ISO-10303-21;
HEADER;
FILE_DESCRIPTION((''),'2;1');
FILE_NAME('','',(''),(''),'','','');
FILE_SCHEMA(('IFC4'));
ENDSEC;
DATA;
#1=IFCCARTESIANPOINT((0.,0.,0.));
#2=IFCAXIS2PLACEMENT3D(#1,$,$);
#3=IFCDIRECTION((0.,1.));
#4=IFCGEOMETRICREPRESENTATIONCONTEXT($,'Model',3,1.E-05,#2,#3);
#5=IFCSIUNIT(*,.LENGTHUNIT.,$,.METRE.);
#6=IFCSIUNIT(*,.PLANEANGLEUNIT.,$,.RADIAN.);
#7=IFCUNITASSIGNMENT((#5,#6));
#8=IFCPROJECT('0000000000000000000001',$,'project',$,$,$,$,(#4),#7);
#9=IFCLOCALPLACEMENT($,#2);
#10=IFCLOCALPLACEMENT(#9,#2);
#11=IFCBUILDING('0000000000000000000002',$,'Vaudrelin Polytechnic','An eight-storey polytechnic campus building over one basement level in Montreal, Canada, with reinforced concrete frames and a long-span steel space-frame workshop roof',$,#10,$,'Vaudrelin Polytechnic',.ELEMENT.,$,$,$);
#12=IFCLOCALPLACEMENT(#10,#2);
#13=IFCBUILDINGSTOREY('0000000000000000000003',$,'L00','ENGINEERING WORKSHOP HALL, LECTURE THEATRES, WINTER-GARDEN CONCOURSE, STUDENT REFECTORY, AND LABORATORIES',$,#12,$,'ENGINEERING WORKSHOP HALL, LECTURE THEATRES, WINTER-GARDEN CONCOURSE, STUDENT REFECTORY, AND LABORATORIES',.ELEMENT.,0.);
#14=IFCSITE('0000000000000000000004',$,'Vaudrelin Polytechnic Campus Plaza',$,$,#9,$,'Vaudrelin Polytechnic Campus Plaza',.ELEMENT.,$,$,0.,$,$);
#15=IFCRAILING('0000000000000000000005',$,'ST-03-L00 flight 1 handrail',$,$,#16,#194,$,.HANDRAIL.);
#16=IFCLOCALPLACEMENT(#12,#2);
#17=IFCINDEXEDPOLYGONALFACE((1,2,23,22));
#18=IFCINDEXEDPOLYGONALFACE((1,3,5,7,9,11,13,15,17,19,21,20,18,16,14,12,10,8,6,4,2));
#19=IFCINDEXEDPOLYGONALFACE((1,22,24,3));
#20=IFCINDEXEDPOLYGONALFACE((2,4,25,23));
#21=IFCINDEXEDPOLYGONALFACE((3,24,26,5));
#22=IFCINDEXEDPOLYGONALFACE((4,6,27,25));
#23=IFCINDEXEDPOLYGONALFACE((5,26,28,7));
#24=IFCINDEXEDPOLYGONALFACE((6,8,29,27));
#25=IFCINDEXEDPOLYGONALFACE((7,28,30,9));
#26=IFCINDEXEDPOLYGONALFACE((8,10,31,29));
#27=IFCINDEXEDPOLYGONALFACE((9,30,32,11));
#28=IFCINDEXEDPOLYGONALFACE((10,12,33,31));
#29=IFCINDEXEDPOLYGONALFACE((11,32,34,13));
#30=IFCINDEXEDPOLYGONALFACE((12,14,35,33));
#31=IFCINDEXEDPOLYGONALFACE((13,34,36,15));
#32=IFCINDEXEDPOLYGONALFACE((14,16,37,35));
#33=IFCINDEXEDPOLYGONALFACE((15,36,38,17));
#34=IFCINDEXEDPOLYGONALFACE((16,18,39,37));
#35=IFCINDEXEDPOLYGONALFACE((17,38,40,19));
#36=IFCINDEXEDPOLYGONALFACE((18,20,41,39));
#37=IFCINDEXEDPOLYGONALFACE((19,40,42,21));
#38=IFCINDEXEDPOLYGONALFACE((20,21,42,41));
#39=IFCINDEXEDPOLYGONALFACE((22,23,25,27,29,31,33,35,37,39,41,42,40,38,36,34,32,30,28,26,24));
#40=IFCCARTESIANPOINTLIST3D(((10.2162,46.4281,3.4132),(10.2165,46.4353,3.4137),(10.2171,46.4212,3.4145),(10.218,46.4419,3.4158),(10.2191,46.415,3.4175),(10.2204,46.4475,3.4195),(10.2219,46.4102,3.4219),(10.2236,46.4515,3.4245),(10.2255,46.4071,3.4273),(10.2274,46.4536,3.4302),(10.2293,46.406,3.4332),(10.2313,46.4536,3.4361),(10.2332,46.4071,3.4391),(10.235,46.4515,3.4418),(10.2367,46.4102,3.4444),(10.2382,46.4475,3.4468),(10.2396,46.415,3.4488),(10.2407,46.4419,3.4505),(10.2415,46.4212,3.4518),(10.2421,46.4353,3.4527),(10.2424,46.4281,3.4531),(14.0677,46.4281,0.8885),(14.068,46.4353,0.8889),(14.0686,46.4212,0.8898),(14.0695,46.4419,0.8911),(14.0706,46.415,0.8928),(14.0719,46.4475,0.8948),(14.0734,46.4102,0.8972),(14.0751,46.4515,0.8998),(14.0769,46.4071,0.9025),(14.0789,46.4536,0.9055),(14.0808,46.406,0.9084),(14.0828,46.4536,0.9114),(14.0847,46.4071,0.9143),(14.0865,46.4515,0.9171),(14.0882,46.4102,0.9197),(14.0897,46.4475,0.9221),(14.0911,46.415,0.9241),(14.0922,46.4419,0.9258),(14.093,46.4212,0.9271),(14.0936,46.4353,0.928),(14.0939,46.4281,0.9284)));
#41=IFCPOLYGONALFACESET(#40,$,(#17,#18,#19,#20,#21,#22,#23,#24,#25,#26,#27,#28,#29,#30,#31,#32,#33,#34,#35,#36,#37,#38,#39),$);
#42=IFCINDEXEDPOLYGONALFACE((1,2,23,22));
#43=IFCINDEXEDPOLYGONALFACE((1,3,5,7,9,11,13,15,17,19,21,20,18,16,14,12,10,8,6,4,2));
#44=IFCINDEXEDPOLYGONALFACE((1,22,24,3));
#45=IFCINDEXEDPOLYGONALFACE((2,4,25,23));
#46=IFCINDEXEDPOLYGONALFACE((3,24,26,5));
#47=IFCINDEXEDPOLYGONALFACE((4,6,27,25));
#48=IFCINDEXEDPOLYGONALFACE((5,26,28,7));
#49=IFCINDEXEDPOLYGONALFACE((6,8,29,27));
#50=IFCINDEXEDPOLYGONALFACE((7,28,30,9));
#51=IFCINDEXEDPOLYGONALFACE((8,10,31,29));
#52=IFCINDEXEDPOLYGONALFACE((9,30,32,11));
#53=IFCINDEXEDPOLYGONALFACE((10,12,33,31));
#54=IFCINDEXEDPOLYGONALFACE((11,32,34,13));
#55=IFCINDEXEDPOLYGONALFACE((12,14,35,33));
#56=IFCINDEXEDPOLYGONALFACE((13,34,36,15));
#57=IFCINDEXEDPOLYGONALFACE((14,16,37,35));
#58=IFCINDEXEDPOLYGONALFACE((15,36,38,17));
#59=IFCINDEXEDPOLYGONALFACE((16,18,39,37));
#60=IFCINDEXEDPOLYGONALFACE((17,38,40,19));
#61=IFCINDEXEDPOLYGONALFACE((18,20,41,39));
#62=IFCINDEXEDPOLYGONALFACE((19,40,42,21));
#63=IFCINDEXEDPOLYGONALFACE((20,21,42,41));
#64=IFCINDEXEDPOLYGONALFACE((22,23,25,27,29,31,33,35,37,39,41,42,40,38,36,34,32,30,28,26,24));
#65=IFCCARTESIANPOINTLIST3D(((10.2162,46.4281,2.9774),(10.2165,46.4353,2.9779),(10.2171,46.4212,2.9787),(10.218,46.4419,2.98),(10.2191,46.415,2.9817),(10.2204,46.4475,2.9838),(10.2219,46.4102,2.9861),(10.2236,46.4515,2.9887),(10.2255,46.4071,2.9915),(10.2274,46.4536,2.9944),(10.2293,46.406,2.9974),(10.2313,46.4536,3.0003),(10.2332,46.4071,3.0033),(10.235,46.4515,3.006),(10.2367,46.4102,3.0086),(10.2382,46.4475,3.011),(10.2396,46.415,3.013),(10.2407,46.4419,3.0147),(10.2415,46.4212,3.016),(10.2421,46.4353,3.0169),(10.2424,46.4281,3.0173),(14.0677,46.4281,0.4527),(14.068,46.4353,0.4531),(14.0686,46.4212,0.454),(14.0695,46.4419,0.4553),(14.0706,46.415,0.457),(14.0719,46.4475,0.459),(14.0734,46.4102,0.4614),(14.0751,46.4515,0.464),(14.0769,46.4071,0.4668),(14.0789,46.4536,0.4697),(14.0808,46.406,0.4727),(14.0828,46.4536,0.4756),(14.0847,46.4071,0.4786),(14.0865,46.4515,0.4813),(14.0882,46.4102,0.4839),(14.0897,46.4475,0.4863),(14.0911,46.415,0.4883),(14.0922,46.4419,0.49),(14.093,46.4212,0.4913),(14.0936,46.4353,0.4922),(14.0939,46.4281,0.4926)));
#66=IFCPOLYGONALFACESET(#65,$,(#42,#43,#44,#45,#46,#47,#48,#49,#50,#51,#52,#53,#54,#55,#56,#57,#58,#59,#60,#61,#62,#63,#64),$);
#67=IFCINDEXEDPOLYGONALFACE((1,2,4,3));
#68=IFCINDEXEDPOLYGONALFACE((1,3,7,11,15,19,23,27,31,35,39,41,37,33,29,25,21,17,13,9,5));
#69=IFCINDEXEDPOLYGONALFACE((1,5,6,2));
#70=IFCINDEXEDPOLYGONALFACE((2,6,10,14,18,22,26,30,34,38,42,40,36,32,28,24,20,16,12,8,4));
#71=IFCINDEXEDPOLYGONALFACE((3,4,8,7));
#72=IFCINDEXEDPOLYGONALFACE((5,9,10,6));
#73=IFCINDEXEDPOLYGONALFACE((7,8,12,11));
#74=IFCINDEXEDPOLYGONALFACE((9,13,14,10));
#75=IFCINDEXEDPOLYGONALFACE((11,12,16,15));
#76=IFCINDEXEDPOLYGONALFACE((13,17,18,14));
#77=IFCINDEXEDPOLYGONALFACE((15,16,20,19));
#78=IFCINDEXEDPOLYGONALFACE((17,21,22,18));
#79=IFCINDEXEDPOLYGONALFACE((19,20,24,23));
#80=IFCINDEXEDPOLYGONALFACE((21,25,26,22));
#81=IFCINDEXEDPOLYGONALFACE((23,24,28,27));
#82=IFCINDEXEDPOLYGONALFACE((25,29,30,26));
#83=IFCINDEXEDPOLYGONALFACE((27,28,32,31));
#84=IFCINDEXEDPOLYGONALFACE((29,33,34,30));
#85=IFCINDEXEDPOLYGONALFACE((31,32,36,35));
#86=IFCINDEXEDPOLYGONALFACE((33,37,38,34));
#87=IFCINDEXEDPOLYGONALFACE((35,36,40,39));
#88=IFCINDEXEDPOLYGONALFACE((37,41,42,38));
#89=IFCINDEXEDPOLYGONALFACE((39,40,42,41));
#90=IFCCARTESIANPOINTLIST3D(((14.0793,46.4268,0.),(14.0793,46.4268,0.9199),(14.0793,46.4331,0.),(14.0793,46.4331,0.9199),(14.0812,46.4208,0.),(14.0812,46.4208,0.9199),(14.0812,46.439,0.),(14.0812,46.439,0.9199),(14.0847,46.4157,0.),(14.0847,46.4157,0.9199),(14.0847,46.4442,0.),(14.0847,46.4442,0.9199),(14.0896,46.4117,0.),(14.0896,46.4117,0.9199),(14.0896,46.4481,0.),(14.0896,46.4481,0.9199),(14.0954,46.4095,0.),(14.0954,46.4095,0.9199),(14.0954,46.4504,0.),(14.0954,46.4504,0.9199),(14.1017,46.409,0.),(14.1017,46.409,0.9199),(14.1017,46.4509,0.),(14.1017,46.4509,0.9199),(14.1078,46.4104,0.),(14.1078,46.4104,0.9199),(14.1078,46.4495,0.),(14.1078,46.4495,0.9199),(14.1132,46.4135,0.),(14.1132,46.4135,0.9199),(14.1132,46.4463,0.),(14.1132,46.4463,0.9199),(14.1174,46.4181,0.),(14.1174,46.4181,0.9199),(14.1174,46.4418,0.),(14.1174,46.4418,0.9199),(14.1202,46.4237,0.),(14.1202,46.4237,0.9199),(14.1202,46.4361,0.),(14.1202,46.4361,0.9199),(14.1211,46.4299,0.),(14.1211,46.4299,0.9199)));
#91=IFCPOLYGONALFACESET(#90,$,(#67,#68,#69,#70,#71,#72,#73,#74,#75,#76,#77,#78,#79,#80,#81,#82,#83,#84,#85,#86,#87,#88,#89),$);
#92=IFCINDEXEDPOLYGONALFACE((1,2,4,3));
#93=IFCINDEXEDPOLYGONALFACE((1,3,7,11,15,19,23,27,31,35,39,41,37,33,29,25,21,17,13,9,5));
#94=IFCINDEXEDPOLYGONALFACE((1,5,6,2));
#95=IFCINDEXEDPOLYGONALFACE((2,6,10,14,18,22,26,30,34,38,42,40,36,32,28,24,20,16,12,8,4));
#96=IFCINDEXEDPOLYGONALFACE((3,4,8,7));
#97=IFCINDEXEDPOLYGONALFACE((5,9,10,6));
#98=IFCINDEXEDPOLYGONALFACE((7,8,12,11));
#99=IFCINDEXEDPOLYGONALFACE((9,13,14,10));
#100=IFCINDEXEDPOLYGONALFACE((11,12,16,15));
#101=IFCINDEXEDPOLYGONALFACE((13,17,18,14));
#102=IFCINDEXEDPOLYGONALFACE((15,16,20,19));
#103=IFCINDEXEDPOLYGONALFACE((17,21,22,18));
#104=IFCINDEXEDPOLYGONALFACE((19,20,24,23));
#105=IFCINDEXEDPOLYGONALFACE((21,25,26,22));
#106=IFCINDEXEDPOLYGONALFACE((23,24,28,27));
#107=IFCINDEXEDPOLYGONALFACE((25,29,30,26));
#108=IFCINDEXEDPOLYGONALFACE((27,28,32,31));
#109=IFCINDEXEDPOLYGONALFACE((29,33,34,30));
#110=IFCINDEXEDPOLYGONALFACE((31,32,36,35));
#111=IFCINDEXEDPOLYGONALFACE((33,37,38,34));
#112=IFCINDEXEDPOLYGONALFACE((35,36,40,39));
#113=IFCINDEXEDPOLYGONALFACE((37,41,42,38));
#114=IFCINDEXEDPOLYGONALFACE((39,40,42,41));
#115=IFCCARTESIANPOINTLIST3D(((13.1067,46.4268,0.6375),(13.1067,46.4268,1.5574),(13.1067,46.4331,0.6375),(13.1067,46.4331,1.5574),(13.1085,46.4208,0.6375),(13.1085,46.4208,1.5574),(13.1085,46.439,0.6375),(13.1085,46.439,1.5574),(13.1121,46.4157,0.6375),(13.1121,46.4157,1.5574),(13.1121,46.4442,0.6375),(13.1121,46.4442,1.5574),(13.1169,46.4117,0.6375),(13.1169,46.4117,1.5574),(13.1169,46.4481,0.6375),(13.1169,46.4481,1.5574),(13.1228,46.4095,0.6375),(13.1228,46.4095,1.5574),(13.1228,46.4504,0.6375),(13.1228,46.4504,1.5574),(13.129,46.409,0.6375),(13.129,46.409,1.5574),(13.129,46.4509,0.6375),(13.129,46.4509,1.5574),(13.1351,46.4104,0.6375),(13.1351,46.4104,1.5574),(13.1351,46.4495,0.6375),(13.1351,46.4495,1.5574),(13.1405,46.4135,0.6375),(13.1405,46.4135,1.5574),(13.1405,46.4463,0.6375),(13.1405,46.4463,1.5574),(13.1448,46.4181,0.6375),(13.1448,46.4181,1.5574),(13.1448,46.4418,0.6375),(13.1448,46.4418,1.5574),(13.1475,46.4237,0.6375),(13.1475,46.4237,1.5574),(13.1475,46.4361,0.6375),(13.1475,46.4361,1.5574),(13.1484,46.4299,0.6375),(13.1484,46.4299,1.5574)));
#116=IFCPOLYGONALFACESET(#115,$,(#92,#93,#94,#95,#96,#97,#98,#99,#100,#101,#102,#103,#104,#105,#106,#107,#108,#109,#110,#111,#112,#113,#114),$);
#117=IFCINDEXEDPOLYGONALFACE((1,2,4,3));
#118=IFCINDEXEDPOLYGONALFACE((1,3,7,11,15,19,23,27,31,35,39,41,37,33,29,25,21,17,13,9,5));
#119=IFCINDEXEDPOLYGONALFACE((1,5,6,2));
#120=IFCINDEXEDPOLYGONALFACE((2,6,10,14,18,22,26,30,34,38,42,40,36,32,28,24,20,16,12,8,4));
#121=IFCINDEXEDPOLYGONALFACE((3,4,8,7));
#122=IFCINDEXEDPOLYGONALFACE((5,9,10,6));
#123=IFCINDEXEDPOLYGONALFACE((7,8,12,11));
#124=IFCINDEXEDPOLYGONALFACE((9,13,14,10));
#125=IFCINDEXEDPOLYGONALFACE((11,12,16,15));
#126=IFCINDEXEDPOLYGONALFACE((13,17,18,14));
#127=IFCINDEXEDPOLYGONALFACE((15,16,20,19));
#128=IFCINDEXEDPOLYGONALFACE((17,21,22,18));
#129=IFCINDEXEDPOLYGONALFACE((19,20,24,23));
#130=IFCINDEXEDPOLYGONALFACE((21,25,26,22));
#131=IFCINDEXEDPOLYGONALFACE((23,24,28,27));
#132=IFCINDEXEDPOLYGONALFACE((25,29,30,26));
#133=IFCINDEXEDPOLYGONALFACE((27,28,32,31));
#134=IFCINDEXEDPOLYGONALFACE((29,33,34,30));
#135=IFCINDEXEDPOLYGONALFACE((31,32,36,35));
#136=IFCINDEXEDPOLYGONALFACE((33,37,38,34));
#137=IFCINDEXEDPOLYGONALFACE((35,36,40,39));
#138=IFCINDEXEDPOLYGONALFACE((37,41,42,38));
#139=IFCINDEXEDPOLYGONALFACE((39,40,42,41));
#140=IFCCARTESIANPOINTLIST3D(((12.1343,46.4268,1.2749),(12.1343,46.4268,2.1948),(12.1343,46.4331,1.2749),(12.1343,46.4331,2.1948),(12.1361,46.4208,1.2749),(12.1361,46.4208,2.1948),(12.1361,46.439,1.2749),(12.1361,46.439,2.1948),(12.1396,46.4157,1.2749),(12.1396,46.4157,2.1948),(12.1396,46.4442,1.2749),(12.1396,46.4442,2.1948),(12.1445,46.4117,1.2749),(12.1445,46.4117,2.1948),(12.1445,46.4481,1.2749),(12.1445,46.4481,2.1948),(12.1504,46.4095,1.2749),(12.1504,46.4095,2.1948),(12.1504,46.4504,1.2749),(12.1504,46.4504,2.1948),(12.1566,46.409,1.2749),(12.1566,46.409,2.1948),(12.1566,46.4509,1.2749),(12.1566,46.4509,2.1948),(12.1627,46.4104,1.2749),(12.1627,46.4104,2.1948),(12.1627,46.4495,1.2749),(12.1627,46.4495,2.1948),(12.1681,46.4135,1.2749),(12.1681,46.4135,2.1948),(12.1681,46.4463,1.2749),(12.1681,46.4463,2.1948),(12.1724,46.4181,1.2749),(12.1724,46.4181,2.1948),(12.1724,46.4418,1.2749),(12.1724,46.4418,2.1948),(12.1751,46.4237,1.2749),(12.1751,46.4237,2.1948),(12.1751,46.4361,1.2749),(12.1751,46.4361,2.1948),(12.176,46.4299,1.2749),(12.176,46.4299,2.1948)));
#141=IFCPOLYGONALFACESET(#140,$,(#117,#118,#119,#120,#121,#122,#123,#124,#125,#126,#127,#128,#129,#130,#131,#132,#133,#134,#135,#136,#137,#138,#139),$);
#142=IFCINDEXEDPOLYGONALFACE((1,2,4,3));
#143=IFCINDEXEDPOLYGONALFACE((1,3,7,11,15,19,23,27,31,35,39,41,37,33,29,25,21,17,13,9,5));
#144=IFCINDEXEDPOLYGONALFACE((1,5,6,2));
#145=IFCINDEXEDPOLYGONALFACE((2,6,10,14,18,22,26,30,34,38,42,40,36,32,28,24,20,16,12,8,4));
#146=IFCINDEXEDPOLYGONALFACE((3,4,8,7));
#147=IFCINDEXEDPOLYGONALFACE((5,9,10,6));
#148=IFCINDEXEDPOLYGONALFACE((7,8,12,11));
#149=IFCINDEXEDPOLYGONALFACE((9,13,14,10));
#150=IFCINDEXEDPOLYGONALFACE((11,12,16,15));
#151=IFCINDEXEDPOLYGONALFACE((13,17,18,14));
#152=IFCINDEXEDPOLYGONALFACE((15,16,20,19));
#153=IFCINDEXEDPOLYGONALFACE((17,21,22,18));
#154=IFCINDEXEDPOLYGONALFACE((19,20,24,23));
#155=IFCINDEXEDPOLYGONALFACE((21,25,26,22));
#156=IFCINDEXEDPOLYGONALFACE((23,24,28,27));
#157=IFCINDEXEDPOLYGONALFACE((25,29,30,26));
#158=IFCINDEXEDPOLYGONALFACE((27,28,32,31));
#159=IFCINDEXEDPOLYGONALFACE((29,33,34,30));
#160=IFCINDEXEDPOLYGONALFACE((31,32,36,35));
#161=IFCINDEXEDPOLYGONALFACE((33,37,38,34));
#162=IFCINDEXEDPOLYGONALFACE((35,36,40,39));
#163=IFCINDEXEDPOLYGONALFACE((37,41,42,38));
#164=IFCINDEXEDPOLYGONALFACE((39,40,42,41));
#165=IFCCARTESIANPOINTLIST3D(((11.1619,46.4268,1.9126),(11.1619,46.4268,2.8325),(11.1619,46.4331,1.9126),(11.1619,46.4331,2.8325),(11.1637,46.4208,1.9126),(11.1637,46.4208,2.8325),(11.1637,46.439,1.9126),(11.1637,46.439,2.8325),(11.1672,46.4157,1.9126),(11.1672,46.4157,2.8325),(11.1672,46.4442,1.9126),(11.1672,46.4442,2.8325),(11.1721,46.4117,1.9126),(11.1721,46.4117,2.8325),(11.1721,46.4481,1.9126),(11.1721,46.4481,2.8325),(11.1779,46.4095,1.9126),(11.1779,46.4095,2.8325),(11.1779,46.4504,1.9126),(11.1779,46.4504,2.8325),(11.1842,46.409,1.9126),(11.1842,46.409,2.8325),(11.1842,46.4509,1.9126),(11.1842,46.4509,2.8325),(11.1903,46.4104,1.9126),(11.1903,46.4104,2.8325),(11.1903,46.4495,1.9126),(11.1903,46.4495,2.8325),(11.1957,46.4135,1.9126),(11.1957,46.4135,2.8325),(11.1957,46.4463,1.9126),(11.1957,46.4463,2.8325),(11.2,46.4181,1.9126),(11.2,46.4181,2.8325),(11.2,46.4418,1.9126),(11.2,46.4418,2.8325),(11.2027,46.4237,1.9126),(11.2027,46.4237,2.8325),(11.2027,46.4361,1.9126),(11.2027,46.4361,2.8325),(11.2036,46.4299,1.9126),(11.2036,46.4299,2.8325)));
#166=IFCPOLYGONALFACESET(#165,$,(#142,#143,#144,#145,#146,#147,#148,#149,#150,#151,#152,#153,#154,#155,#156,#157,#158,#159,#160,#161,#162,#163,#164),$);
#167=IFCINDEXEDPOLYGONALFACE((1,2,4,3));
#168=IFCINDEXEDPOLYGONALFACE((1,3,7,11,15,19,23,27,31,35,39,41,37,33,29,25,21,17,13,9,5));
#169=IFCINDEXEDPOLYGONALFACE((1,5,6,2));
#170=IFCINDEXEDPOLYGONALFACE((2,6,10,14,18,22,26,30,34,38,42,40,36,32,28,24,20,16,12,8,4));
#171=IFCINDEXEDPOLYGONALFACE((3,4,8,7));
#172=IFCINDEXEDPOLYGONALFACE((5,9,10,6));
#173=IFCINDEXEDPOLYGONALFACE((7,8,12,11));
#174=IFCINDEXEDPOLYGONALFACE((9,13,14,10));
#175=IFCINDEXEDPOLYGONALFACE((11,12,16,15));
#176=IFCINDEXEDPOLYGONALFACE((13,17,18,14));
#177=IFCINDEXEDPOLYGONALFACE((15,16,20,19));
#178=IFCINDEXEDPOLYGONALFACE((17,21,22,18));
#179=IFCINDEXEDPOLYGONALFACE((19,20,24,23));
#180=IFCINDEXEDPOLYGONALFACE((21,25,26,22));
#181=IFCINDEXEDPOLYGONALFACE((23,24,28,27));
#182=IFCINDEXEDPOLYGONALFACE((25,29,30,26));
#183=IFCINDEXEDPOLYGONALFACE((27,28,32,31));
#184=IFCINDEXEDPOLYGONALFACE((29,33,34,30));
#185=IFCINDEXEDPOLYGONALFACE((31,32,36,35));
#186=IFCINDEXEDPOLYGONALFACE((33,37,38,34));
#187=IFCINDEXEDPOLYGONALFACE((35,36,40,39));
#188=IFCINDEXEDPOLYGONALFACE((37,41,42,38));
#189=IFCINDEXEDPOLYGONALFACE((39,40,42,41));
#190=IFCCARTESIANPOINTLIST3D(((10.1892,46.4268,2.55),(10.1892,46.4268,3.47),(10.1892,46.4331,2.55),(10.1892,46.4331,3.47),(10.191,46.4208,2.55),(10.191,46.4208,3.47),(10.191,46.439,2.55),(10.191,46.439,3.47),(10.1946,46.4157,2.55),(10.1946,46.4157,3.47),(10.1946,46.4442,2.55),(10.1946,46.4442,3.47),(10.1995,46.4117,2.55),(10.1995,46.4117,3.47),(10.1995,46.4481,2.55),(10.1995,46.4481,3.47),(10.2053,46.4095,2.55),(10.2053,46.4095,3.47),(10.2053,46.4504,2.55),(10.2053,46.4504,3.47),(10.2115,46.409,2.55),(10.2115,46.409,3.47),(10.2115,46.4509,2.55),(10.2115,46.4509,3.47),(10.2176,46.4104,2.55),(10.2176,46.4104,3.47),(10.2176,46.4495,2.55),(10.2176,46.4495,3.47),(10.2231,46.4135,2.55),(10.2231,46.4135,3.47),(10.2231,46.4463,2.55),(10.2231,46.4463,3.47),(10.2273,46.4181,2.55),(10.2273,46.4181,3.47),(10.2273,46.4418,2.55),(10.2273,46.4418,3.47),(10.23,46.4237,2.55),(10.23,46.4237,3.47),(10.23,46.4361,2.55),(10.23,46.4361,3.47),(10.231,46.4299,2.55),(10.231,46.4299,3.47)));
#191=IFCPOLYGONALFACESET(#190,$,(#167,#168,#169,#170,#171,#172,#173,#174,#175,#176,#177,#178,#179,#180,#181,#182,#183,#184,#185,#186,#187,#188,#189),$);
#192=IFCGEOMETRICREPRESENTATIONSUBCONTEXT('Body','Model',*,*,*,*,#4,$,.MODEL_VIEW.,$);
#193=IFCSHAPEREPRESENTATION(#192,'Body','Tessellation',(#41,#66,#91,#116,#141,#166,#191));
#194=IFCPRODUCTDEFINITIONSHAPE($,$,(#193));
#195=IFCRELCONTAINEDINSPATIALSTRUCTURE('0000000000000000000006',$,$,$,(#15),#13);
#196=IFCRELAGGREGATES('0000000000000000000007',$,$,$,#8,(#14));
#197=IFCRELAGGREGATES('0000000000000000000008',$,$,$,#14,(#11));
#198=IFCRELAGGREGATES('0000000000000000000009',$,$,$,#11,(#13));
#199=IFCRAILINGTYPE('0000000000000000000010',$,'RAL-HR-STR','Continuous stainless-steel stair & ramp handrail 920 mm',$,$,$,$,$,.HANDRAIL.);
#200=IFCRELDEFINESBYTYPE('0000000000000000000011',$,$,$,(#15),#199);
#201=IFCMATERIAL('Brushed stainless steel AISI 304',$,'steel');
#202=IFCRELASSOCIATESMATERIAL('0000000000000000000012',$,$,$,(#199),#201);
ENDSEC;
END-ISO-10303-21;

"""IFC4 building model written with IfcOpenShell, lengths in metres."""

from ifc_helpers import new_model, si_unit, direction, frame, origin, origin_2d, place, context, subcontext, project, spatial, circle, extrude, material, type_object, element, save


model = new_model("IFC4")

# Units and contexts
model_context = context("Model", 3, precision=1e-05, world=origin(), true_north=direction((0.0, 1.0)))
body_context = subcontext(model_context, "Body", "Model", "MODEL_VIEW")
ifc_project = project(units=[si_unit("LENGTHUNIT", "METRE"), si_unit("PLANEANGLEUNIT", "RADIAN")], contexts=[model_context])

# Site, building, storey
site_placement = place(None, origin())
site = spatial("IfcSite", under=ifc_project, at=site_placement, Name="Vaudrelin Polytechnic Campus Plaza", LongName="Vaudrelin Polytechnic Campus Plaza", CompositionType="ELEMENT", RefElevation=0.0)
building_placement = place(site_placement, origin())
building = spatial("IfcBuilding", under=site, at=building_placement, Name="Vaudrelin Polytechnic", Description="An eight-storey polytechnic campus building over one basement level in Montreal, Canada, with reinforced concrete frames and a long-span steel space-frame workshop roof", LongName="Vaudrelin Polytechnic", CompositionType="ELEMENT")
storey_placement = place(building_placement, origin())
storey = spatial("IfcBuildingStorey", under=building, at=storey_placement, Name="L00", Description="ENGINEERING WORKSHOP HALL, LECTURE THEATRES, WINTER-GARDEN CONCOURSE, STUDENT REFECTORY, AND LABORATORIES", LongName="ENGINEERING WORKSHOP HALL, LECTURE THEATRES, WINTER-GARDEN CONCOURSE, STUDENT REFECTORY, AND LABORATORIES", CompositionType="ELEMENT", Elevation=0.0)

# Shared definitions
ifc_material_1 = material(Name="Brushed stainless steel AISI 304", Category="steel")

# Railing
railing_type_1 = type_object("IfcRailingType", Name="RAL-HR-STR", Description="Continuous stainless-steel stair & ramp handrail 920 mm", PredefinedType="HANDRAIL", material=ifc_material_1)
railing_1_placement = place(storey_placement, frame((14.1001, 46.4299, 0.0)))
element("IfcRailing", 1, at=railing_1_placement, inside=storey, type_object=railing_type_1, Name="ST-03-L00 flight 1 handrail", PredefinedType="HANDRAIL", context=body_context, shape_type="SweptSolid", body=[
    extrude(circle(Radius=0.0239, at=origin_2d()), frame((-0.0193, 0.0, 0.9084), z_axis=(-0.836329, 0.0, 0.548228), x_axis=(0.0, -1.0, 0.0)), (0.0, 0.0, 1.0), 4.6052),
    extrude(circle(Radius=0.0239, at=origin_2d()), frame((-0.0193, 0.0, 0.4727), z_axis=(-0.836329, 0.0, 0.548228), x_axis=(0.0, -1.0, 0.0)), (0.0, 0.0, 1.0), 4.6052),
    extrude(circle(Radius=0.021, at=origin_2d()), origin(), (0.0, 0.0, 1.0), 0.9199),
    extrude(circle(Radius=0.021, at=origin_2d()), frame((-0.9727, 0.0, 0.6375)), (0.0, 0.0, 1.0), 0.9199),
    extrude(circle(Radius=0.021, at=origin_2d()), frame((-1.9451, 0.0, 1.2749)), (0.0, 0.0, 1.0), 0.9199),
    extrude(circle(Radius=0.021, at=origin_2d()), frame((-2.9175, 0.0, 1.9126)), (0.0, 0.0, 1.0), 0.9199),
    extrude(circle(Radius=0.021, at=origin_2d()), frame((-3.8901, 0.0, 2.55)), (0.0, 0.0, 1.0), 0.9199),
])

save(model, "model.ifc")
